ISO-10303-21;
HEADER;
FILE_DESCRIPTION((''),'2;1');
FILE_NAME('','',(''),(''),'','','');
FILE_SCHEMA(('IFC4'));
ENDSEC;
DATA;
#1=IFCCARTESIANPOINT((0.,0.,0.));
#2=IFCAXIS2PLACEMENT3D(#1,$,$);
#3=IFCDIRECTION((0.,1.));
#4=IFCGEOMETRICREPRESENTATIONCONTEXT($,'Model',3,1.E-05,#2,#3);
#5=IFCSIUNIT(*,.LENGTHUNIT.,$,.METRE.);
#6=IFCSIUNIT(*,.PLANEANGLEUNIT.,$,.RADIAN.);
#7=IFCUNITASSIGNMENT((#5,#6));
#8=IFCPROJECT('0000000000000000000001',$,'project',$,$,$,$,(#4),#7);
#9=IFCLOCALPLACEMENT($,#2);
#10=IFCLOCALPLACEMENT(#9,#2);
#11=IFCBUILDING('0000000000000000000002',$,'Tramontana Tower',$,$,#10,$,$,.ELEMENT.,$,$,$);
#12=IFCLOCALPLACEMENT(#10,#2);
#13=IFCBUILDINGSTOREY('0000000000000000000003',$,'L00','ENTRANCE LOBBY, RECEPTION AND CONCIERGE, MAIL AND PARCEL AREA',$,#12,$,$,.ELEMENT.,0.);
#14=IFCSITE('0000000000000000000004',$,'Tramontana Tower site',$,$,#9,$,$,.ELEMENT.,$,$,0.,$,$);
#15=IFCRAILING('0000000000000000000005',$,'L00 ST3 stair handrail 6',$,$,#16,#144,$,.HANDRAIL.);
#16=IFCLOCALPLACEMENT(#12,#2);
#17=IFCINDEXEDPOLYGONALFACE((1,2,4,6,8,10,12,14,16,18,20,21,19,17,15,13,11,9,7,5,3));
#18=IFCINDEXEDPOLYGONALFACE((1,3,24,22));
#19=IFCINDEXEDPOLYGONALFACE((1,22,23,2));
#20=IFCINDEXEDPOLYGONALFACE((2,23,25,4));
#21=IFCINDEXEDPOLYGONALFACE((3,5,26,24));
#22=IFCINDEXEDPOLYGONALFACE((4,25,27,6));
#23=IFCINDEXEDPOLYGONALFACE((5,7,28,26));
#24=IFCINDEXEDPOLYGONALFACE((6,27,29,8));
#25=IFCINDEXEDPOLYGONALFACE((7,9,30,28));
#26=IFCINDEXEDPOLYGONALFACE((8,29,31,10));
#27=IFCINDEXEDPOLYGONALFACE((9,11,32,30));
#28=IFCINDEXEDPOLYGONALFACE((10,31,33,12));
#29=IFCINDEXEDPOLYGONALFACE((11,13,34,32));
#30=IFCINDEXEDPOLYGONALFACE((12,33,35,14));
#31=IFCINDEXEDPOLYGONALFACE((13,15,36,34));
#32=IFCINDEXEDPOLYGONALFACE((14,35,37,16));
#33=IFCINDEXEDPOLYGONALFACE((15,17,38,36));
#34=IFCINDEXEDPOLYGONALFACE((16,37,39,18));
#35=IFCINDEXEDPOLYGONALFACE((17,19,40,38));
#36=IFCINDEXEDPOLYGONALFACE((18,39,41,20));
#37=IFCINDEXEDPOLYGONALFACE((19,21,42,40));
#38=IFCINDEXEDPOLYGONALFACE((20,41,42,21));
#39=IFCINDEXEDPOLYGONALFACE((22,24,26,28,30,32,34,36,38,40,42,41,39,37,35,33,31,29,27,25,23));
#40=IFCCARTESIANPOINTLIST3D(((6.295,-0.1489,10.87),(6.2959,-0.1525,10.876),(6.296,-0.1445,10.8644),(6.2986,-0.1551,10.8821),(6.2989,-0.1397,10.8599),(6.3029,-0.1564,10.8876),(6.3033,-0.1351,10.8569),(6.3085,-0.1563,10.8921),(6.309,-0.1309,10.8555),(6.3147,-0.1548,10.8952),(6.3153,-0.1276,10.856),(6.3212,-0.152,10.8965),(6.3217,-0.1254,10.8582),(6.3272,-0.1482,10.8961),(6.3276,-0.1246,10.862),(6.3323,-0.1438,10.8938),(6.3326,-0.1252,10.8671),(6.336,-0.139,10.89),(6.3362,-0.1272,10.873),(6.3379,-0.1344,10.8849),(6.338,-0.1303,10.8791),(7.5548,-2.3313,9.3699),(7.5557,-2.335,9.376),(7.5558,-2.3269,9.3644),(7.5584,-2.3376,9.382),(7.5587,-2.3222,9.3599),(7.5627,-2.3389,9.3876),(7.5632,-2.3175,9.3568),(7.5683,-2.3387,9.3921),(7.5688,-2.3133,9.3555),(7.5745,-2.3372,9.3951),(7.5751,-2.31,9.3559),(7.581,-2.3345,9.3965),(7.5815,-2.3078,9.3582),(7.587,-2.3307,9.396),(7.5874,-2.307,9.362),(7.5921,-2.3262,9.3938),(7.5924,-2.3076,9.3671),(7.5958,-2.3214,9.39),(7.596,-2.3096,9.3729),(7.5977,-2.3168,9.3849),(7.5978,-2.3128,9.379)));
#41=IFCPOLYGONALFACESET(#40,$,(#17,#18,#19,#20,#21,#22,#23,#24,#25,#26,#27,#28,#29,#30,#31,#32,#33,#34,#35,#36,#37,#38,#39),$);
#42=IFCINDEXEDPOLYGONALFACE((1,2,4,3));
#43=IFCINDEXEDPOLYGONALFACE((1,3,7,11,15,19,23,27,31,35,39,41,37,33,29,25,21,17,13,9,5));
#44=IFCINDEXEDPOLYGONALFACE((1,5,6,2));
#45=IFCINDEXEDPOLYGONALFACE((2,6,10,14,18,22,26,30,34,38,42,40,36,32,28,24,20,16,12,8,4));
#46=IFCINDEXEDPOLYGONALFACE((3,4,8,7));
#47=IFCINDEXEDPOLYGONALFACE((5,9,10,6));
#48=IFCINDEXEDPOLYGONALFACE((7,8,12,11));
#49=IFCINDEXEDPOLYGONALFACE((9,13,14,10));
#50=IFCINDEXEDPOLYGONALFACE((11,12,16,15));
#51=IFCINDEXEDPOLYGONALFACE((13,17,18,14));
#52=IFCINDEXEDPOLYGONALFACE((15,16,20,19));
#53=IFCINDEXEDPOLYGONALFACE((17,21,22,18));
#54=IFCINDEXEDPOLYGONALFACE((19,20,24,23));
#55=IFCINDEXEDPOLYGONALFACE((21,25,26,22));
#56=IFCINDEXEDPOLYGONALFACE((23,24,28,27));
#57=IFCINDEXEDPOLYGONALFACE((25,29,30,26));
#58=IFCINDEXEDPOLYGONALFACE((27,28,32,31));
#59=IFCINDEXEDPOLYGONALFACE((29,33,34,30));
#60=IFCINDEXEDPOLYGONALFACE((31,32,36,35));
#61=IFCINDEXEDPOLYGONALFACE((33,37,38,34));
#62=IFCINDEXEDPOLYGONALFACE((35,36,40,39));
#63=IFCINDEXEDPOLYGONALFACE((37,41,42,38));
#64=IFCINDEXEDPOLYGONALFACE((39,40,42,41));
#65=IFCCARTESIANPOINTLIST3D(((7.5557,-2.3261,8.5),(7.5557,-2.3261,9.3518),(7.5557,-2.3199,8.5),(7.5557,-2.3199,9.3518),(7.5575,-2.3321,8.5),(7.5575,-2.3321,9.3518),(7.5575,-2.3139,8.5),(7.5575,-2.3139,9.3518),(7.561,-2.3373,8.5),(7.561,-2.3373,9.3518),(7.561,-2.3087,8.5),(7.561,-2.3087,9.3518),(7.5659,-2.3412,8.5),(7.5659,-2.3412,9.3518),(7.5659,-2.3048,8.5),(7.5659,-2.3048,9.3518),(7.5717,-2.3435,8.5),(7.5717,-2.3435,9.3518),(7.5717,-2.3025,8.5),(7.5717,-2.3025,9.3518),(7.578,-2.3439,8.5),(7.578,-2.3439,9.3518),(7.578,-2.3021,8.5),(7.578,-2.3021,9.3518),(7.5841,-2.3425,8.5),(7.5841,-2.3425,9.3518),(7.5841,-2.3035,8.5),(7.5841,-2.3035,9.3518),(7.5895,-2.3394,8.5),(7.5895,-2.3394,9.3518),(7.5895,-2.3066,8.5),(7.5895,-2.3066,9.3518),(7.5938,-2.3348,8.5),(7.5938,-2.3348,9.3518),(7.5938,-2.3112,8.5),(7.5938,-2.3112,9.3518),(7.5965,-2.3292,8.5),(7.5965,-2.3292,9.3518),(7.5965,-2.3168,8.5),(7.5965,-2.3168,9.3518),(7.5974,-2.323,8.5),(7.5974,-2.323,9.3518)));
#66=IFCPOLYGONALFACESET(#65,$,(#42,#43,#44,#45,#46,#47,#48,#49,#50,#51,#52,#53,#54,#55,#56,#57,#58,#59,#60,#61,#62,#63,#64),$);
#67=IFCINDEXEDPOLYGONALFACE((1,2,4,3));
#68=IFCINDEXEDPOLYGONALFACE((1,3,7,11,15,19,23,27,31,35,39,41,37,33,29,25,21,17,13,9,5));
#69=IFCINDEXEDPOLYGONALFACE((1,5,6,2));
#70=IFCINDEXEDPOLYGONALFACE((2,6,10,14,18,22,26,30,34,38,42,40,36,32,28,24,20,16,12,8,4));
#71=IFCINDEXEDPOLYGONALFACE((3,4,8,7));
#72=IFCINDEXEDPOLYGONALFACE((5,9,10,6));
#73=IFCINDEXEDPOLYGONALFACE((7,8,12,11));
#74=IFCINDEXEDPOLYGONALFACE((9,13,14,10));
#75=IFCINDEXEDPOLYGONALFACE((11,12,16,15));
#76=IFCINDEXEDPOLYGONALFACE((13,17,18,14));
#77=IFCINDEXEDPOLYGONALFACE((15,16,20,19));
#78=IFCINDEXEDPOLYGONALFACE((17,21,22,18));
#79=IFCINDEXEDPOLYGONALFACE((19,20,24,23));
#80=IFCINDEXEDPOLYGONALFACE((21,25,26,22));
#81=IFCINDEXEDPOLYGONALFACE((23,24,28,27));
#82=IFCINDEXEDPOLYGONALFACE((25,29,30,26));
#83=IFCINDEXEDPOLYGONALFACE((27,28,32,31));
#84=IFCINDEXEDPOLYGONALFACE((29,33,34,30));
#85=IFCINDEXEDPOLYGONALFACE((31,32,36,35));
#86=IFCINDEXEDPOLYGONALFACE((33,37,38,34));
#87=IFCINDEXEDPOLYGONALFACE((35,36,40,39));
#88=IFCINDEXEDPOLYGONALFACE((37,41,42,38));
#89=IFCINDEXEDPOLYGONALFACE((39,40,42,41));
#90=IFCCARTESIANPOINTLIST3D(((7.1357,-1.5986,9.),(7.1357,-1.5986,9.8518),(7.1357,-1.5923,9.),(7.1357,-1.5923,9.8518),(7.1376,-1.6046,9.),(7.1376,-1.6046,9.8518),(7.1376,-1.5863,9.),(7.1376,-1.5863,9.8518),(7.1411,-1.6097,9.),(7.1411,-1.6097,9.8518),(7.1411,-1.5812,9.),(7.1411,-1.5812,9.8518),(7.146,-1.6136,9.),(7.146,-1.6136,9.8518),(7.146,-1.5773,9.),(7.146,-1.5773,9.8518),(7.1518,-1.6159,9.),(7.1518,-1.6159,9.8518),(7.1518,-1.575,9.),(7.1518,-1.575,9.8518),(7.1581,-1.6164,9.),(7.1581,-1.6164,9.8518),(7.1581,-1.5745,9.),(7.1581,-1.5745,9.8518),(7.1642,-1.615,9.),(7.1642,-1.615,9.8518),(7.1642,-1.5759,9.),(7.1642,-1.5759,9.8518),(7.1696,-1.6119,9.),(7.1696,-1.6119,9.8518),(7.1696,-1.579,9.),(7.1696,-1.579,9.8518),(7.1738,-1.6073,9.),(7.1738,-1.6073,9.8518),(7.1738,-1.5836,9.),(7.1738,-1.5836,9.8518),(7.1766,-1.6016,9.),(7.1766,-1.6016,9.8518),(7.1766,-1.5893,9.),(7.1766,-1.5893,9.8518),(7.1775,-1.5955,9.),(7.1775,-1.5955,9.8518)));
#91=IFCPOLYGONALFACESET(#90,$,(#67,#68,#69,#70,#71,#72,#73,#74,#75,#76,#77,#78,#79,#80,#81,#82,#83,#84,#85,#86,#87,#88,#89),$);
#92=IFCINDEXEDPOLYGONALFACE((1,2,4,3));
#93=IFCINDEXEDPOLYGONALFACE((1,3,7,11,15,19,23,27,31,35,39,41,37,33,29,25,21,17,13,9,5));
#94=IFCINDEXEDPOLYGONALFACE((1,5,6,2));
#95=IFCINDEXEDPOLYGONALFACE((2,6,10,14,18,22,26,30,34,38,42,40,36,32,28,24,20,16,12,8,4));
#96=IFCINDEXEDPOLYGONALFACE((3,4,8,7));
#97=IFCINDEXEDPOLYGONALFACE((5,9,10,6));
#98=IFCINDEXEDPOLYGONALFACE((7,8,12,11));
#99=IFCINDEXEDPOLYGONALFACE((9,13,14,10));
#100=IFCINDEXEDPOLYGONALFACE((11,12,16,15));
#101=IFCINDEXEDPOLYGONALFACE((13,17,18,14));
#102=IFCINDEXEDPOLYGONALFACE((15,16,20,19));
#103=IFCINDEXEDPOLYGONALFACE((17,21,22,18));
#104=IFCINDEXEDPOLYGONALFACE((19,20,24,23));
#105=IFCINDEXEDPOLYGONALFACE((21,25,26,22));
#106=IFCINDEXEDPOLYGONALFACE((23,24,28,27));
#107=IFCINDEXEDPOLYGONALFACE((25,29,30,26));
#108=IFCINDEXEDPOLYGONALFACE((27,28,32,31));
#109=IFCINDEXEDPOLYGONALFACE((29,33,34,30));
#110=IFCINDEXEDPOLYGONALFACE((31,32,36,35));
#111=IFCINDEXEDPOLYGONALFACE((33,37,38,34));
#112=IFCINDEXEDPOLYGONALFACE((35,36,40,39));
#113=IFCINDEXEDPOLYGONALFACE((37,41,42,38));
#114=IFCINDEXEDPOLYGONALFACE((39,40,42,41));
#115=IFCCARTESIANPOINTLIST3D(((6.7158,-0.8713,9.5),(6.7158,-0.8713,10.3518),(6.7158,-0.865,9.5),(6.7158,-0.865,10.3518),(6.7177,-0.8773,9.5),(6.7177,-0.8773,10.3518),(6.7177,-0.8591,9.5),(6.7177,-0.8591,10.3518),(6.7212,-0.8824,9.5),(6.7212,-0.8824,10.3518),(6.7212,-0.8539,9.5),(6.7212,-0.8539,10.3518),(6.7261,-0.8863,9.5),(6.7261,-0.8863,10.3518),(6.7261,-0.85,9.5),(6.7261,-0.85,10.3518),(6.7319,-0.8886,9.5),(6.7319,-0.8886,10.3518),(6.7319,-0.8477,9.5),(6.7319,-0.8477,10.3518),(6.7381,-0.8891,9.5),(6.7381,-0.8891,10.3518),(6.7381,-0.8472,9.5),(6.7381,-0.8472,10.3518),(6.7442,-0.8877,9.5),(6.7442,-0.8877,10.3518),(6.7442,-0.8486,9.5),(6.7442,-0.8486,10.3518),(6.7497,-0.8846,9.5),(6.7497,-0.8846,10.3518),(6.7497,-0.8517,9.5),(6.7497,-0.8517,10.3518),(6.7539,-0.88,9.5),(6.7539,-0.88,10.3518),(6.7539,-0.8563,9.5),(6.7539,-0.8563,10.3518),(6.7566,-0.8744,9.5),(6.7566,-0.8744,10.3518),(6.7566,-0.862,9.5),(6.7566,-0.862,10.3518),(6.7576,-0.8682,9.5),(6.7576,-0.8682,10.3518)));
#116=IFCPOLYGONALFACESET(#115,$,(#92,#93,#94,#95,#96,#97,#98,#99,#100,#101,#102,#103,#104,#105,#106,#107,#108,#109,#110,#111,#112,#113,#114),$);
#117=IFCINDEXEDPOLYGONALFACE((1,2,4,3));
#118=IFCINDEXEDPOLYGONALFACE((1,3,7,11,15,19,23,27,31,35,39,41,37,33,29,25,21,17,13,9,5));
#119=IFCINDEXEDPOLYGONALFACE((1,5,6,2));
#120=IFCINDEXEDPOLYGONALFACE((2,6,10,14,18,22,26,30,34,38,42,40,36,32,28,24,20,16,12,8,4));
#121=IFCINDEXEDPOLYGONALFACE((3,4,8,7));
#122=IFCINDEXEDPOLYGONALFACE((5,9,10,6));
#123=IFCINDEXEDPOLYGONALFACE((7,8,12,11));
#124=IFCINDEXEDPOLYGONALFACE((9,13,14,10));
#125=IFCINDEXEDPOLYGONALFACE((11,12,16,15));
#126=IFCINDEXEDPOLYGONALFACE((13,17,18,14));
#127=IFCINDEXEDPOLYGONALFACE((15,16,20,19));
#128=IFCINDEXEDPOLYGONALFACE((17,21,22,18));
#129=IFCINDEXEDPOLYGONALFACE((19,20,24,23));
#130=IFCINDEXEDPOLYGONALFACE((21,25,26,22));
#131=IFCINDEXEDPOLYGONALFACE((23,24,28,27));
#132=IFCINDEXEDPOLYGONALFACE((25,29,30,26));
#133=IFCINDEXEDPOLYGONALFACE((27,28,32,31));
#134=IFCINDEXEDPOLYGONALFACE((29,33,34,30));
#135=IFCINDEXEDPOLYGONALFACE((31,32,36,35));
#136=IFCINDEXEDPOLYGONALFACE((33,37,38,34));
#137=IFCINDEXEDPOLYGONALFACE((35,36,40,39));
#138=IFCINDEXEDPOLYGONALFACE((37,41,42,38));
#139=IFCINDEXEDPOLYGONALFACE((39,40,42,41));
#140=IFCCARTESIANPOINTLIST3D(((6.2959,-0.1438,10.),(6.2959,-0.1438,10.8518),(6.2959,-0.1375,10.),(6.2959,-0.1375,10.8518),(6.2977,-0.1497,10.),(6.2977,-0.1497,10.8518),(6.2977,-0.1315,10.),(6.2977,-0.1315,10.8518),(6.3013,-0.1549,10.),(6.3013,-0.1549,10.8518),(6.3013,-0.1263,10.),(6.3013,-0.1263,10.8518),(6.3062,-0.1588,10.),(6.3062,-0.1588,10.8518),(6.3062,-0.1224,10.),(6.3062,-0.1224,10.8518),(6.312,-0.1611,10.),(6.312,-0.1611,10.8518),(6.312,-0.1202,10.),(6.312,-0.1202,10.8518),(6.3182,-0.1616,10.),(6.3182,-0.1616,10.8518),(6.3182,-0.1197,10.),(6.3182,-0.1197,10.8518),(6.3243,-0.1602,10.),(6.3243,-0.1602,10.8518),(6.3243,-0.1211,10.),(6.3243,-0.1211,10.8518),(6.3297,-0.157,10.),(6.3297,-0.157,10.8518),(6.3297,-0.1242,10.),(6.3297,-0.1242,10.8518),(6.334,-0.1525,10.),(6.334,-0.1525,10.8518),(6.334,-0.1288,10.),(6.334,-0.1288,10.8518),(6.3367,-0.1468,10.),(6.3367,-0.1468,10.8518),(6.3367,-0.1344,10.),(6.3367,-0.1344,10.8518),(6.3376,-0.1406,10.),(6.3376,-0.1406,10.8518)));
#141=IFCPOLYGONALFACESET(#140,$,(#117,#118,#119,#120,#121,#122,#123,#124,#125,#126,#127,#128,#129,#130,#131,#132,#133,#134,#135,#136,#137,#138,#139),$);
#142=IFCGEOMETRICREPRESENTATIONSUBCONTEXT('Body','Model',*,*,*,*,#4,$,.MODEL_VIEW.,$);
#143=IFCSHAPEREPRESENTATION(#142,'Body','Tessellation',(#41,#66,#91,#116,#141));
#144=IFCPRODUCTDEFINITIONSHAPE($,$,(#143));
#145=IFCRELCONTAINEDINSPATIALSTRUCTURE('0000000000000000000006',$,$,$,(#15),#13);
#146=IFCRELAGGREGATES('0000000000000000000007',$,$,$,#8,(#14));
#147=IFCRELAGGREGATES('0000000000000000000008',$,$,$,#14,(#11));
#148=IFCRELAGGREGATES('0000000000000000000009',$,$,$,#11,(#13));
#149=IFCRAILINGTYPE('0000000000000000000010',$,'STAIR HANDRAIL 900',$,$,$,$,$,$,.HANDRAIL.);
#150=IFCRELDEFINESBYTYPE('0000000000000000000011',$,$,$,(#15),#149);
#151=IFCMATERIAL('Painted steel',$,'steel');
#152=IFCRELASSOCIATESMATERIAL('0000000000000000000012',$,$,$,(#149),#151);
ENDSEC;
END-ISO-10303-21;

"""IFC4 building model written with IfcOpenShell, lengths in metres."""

from ifc_helpers import new_model, si_unit, direction, frame, origin, origin_2d, place, context, subcontext, project, spatial, circle, extrude, material, type_object, element, save


model = new_model("IFC4")

# Units and contexts
model_context = context("Model", 3, precision=1e-05, world=origin(), true_north=direction((0.0, 1.0)))
body_context = subcontext(model_context, "Body", "Model", "MODEL_VIEW")
ifc_project = project(units=[si_unit("LENGTHUNIT", "METRE"), si_unit("PLANEANGLEUNIT", "RADIAN")], contexts=[model_context])

# Site, building, storey
site_placement = place(None, origin())
site = spatial("IfcSite", under=ifc_project, at=site_placement, Name="Tramontana Tower site", CompositionType="ELEMENT", RefElevation=0.0)
building_placement = place(site_placement, origin())
building = spatial("IfcBuilding", under=site, at=building_placement, Name="Tramontana Tower", CompositionType="ELEMENT")
storey_placement = place(building_placement, origin())
storey = spatial("IfcBuildingStorey", under=building, at=storey_placement, Name="L00", Description="ENTRANCE LOBBY, RECEPTION AND CONCIERGE, MAIL AND PARCEL AREA", CompositionType="ELEMENT", Elevation=0.0)

# Railing
ifc_material_1 = material(Name="Painted steel", Category="steel")
railing_type = type_object("IfcRailingType", Name="STAIR HANDRAIL 900", PredefinedType="HANDRAIL", material=ifc_material_1)
for number, where, name in (
    (1, (7.5764, -2.323, 8.5), "L00 ST3 stair handrail 6"),
):
    element("IfcRailing", number, at=place(storey_placement, frame(where)), inside=storey, type_object=railing_type, Name=name, PredefinedType="HANDRAIL", context=body_context, shape_type="SweptSolid", body=[
        extrude(circle(Radius=0.0239, at=origin_2d()), frame((0.0, 0.0, 0.876), z_axis=(-0.429582, 0.744193, 0.511503), x_axis=(-0.866065, -0.499932, 0.0)), (0.0, 0.0, 1.0), 2.9326),
        extrude(circle(Radius=0.021, at=origin_2d()), origin(), (0.0, 0.0, 1.0), 0.8518),
        extrude(circle(Radius=0.021, at=origin_2d()), frame((-0.4199, 0.7275, 0.5)), (0.0, 0.0, 1.0), 0.8518),
        extrude(circle(Radius=0.021, at=origin_2d()), frame((-0.8398, 1.4548, 1.0)), (0.0, 0.0, 1.0), 0.8518),
        extrude(circle(Radius=0.021, at=origin_2d()), frame((-1.2598, 2.1824, 1.5)), (0.0, 0.0, 1.0), 0.8518),
    ])

save(model, "model.ifc")
